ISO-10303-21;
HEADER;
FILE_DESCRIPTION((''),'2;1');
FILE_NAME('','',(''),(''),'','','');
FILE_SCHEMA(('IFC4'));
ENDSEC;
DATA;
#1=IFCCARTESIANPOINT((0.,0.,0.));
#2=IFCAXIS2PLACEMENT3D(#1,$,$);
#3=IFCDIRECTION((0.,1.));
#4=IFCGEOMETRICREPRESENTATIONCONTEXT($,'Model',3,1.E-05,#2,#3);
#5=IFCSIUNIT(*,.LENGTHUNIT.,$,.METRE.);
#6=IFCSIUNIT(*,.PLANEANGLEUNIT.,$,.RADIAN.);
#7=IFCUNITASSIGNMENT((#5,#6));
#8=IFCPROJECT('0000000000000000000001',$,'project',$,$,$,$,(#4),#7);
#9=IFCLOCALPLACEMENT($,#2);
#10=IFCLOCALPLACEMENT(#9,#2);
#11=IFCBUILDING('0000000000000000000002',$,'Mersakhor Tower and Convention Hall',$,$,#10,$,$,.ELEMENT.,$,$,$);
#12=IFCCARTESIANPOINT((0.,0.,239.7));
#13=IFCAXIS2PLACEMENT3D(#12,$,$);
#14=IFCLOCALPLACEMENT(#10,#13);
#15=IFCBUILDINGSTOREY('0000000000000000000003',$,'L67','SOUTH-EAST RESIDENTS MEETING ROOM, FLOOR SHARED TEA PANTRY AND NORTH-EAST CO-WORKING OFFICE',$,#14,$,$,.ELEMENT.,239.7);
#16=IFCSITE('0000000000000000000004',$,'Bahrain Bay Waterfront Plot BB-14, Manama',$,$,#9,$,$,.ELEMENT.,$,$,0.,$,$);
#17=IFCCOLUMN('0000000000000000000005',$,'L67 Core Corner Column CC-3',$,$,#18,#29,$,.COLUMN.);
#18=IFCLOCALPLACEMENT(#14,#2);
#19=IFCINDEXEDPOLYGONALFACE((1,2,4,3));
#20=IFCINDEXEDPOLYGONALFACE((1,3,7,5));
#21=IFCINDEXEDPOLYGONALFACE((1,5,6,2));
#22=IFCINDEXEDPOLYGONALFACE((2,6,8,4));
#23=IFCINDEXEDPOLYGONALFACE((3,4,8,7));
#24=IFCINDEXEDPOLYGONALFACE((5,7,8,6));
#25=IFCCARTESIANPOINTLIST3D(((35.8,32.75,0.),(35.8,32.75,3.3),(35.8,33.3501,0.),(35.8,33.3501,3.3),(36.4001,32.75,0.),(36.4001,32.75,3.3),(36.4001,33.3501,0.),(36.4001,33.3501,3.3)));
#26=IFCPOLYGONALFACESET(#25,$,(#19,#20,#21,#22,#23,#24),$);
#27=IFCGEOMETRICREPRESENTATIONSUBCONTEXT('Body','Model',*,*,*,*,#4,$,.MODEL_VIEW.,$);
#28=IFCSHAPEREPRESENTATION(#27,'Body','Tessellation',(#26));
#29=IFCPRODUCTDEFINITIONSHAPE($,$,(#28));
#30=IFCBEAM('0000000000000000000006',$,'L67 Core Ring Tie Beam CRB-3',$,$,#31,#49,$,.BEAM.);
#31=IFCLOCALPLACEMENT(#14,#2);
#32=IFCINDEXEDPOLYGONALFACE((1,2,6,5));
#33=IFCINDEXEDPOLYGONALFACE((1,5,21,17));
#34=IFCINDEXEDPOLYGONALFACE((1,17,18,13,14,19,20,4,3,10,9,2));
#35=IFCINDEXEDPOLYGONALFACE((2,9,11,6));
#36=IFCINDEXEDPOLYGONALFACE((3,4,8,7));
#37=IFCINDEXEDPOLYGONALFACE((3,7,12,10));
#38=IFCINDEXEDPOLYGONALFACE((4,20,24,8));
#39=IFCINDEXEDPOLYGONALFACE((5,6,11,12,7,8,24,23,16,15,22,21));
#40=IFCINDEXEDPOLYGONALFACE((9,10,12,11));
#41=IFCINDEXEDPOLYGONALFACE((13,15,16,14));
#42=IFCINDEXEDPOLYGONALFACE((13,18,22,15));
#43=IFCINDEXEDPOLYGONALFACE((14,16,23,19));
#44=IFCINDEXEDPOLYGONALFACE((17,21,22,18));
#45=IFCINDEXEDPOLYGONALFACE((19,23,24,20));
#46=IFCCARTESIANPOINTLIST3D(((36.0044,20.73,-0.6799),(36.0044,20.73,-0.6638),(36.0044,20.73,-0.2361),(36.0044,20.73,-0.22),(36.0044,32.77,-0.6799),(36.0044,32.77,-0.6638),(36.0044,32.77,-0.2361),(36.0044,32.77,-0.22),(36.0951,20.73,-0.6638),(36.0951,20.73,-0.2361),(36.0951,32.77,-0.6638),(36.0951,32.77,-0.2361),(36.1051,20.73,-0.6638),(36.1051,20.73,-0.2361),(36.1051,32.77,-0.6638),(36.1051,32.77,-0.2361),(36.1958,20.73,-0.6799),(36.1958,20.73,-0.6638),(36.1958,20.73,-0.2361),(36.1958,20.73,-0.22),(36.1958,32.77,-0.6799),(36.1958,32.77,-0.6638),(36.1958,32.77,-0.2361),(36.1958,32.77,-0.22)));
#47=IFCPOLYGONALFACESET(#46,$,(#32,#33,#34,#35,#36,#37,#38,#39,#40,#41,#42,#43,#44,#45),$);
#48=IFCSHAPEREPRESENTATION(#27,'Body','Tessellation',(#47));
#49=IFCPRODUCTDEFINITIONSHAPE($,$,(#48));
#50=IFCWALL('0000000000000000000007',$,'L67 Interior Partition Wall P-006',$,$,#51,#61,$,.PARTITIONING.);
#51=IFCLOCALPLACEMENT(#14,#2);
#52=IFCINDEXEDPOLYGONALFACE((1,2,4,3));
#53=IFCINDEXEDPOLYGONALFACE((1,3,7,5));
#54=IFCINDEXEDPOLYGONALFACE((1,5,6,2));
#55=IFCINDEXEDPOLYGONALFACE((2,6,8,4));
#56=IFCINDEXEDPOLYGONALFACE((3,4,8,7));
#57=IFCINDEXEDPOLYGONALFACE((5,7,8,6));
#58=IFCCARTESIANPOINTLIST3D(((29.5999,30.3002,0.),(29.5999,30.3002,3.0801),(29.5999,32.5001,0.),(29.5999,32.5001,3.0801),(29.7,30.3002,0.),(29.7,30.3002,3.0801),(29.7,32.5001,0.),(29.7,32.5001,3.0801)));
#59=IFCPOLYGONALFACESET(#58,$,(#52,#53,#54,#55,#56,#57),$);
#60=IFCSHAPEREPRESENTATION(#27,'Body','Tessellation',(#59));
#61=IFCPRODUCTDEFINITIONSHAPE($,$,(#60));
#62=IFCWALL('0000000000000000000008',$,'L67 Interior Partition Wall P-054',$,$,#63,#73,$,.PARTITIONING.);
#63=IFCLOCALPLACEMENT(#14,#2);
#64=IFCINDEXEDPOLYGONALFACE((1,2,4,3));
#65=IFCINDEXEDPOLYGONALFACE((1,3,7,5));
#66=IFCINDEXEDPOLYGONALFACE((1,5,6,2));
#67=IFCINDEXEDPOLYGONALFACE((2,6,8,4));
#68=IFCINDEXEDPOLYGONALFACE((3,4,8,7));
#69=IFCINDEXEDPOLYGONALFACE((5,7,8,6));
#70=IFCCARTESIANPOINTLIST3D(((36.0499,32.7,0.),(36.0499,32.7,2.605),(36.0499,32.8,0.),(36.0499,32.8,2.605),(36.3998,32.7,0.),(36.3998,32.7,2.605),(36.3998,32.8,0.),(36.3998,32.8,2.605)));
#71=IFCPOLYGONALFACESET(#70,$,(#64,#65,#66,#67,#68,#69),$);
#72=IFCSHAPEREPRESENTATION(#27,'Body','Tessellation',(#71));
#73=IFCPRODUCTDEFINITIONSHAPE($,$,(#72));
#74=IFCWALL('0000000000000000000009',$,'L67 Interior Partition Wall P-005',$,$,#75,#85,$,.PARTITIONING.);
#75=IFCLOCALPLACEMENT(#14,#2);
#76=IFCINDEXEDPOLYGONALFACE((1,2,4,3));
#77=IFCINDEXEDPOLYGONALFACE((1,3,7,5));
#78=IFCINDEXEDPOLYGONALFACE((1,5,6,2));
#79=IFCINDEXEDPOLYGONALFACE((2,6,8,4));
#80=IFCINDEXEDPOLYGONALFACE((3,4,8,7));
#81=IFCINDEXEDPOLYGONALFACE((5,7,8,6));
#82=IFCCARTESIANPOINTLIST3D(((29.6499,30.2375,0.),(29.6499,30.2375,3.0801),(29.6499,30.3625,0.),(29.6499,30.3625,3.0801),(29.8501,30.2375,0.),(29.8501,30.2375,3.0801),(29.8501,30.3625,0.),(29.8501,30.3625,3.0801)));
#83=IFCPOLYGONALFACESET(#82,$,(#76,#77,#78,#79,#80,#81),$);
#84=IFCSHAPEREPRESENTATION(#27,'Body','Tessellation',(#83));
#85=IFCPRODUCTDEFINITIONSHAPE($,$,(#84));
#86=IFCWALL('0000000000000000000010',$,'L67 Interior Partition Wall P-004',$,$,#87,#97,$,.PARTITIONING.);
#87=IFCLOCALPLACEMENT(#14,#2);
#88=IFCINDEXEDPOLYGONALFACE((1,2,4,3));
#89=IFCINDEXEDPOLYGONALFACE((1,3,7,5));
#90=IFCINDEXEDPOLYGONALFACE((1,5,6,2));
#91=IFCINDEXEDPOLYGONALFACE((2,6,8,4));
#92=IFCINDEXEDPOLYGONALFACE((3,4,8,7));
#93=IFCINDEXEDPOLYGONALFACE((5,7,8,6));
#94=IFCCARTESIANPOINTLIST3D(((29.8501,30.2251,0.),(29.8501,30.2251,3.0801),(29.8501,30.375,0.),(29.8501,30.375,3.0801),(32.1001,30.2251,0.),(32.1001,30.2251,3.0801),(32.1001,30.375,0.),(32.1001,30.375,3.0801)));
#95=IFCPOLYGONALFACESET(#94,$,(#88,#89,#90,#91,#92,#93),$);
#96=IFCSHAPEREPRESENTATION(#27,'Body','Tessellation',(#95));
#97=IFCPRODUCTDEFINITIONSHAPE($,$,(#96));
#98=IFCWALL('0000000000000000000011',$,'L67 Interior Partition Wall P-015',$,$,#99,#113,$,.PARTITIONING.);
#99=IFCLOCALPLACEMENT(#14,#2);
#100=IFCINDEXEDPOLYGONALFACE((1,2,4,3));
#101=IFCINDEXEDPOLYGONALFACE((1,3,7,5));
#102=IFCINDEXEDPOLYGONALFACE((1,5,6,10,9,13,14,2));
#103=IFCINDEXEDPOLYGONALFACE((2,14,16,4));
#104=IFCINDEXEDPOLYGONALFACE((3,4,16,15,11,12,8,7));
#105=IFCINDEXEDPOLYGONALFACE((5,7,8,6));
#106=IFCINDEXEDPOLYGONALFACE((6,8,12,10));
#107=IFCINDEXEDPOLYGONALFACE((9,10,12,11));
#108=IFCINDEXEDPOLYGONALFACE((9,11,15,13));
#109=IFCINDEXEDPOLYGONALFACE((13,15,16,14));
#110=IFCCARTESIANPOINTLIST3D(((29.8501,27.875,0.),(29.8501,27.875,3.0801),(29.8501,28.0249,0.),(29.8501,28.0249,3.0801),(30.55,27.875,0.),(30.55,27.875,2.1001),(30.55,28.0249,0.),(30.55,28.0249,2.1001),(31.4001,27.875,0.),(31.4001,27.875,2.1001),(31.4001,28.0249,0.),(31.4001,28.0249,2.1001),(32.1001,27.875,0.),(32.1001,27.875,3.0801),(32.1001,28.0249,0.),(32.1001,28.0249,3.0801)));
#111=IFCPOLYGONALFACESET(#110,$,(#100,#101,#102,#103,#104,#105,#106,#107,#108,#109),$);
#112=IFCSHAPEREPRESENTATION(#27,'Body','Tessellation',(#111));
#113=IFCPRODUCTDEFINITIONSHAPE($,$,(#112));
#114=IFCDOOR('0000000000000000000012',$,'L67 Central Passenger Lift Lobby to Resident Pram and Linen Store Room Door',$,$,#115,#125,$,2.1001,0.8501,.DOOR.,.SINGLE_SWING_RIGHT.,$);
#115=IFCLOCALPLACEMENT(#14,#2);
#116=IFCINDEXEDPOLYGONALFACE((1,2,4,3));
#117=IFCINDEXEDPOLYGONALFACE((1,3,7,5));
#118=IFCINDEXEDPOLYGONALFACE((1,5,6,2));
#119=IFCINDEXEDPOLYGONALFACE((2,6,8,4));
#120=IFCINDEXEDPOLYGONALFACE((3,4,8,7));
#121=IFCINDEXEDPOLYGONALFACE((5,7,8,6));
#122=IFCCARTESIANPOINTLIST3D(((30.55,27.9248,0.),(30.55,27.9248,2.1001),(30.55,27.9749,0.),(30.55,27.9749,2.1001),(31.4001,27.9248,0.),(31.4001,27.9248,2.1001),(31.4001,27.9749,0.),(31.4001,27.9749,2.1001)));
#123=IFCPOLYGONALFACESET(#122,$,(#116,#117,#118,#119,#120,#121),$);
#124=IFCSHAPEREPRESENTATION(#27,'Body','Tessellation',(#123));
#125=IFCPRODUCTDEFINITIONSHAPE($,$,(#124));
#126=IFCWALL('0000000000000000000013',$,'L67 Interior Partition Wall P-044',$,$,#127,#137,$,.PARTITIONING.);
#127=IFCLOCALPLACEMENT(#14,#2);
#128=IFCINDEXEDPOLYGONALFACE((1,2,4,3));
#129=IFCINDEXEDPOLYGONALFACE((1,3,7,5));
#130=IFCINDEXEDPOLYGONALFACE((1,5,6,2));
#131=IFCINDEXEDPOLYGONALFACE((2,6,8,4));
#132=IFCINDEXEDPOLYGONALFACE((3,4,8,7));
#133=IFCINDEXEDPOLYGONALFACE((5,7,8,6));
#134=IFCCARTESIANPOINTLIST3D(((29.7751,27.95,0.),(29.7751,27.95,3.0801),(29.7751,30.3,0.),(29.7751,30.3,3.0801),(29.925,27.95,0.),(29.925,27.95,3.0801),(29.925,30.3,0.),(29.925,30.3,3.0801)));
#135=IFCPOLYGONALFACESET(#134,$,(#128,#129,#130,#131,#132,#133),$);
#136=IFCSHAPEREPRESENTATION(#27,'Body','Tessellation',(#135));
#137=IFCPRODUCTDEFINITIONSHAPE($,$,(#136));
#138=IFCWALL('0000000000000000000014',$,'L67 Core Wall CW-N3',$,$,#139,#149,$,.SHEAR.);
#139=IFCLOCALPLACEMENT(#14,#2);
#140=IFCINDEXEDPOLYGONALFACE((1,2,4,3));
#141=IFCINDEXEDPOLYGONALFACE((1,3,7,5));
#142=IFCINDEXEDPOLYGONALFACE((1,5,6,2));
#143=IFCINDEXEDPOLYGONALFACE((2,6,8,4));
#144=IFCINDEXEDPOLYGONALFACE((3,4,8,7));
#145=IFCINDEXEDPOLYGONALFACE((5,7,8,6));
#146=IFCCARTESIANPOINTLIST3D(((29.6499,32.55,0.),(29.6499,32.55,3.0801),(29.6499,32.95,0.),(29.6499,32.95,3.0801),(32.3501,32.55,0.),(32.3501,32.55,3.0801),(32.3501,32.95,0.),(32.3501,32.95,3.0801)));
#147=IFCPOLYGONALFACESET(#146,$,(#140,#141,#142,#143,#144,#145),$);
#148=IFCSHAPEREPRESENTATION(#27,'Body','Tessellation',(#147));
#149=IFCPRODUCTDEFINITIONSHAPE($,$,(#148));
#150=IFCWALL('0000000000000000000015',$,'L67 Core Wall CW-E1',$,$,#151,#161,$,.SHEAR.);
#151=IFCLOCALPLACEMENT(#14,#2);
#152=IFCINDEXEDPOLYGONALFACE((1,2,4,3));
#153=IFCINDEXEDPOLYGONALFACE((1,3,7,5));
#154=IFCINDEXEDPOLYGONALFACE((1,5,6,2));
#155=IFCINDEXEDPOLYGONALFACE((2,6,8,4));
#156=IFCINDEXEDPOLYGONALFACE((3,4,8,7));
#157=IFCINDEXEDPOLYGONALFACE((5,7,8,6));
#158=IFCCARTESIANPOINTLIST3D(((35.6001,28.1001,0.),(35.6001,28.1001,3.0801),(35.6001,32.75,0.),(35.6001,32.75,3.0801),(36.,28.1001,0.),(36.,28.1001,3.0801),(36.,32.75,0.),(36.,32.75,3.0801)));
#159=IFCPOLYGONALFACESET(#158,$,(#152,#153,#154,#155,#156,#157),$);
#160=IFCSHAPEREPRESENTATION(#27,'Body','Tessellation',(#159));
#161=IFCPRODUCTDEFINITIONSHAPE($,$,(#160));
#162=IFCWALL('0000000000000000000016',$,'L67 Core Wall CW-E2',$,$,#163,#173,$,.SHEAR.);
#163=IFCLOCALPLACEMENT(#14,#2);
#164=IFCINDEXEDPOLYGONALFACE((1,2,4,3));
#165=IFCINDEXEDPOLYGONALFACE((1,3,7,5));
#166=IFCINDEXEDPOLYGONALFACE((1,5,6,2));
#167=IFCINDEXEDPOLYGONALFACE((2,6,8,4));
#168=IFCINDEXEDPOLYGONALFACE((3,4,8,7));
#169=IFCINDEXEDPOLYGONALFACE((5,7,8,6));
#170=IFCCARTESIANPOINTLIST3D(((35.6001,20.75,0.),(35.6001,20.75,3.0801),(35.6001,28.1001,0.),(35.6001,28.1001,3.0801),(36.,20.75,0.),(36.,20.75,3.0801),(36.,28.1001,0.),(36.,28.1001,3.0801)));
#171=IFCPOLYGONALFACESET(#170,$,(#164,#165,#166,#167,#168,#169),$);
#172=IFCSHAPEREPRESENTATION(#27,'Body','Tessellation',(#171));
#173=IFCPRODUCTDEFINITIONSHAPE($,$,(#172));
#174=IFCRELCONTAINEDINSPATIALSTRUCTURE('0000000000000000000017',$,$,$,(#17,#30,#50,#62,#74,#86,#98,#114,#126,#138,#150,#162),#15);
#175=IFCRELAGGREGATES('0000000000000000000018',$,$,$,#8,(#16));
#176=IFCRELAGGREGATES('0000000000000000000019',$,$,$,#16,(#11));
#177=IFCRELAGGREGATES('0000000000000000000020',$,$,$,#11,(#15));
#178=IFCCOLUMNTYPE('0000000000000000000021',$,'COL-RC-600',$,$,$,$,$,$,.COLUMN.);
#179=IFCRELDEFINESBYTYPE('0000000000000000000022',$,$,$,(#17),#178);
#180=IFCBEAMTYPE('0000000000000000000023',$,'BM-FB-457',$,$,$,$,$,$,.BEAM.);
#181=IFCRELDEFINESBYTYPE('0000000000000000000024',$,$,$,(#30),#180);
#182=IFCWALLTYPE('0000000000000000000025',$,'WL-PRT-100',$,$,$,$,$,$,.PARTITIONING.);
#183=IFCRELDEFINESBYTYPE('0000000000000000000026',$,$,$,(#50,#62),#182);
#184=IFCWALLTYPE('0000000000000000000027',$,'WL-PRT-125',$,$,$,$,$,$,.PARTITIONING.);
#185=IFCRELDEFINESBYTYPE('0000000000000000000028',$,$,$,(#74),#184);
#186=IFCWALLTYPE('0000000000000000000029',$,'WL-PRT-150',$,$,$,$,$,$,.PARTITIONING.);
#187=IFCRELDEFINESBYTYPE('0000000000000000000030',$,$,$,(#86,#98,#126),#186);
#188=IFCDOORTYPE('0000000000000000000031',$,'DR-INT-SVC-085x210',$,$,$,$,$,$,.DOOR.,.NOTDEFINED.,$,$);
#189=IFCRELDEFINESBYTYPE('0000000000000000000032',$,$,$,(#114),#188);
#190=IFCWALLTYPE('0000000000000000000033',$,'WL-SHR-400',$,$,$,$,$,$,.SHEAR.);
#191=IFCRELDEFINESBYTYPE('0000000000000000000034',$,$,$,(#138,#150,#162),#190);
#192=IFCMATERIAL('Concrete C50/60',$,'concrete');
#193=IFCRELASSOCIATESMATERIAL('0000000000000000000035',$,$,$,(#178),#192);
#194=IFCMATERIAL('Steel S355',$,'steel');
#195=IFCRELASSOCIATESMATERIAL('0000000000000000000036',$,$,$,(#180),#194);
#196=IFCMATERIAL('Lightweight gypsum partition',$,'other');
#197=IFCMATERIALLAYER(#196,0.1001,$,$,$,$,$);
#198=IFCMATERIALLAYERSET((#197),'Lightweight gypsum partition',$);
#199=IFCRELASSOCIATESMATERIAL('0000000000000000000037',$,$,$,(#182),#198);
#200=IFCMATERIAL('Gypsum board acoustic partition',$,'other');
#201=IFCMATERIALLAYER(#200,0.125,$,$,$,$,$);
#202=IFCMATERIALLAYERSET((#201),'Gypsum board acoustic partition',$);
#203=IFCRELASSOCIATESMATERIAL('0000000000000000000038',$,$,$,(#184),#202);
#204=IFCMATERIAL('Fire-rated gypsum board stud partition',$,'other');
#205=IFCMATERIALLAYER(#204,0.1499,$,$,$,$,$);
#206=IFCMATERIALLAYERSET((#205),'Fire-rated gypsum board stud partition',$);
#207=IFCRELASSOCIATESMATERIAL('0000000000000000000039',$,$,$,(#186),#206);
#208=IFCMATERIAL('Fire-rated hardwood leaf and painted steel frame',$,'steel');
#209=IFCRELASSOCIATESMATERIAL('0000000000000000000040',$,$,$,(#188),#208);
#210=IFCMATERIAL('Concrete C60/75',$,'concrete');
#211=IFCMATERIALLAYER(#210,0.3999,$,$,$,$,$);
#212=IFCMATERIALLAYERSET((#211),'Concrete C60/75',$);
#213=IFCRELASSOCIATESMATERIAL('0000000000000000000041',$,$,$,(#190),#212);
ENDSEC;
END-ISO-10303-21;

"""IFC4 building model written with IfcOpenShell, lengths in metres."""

from ifc_helpers import new_model, si_unit, direction, frame, frame_2d, origin, origin_2d, place, context, subcontext, project, spatial, rectangle, i_section, extrude, material, layer, layer_set, material_profile, profile_set, type_object, element, fill, save


model = new_model("IFC4")

# Units and contexts
model_context = context("Model", 3, precision=1e-05, world=origin(), true_north=direction((0.0, 1.0)))
body_context = subcontext(model_context, "Body", "Model", "MODEL_VIEW")
ifc_project = project(units=[si_unit("LENGTHUNIT", "METRE"), si_unit("PLANEANGLEUNIT", "RADIAN")], contexts=[model_context])

# Site, building, storey
site_placement = place(None, origin())
site = spatial("IfcSite", under=ifc_project, at=site_placement, Name="Bahrain Bay Waterfront Plot BB-14, Manama", CompositionType="ELEMENT", RefElevation=0.0)
building_placement = place(site_placement, origin())
building = spatial("IfcBuilding", under=site, at=building_placement, Name="Mersakhor Tower and Convention Hall", CompositionType="ELEMENT")
storey_placement = place(building_placement, frame((0.0, 0.0, 239.7)))
storey = spatial("IfcBuildingStorey", under=building, at=storey_placement, Name="L67", Description="SOUTH-EAST RESIDENTS MEETING ROOM, FLOOR SHARED TEA PANTRY AND NORTH-EAST CO-WORKING OFFICE", CompositionType="ELEMENT", Elevation=239.7)

# Column
ifc_material_1 = material(Name="Concrete C50/60", Category="concrete")
ifc_material_profile_1 = material_profile(ifc_material_1, rectangle(XDim=0.6001, YDim=0.6001, at=origin_2d()), Name="RC 600x600")
ifc_profile_set_1 = profile_set([ifc_material_profile_1], Name="Concrete C50/60")
column_type = type_object("IfcColumnType", Name="COL-RC-600", PredefinedType="COLUMN", material=ifc_profile_set_1)
column_placement = place(storey_placement, frame((36.1001, 33.05, 0.0), z_axis=(0.0, 0.0, 1.0), x_axis=(1.0, 0.0, 0.0)))
element("IfcColumn", 1, at=column_placement, inside=storey, type_object=column_type, Name="L67 Core Corner Column CC-3", PredefinedType="COLUMN", context=body_context, shape_type="SweptSolid", body=[
    extrude(rectangle(XDim=0.6001, YDim=0.6001, at=origin_2d()), origin(), (0.0, 0.0, 1.0), 3.3),
])

# Beam
ifc_material_2 = material(Name="Steel S355", Category="steel")
ifc_material_profile_2 = material_profile(ifc_material_2, i_section(OverallWidth=0.1914, OverallDepth=0.46, WebThickness=0.01, FlangeThickness=0.0161, at=origin_2d()), Name="UB 457x191x82")
ifc_profile_set_2 = profile_set([ifc_material_profile_2], Name="Steel S355")
beam_type = type_object("IfcBeamType", Name="BM-FB-457", PredefinedType="BEAM", material=ifc_profile_set_2)
beam_placement = place(storey_placement, frame((36.1001, 32.77, -0.45), z_axis=(0.0, -1.0, 0.0), x_axis=(1.0, 0.0, 0.0)))
element("IfcBeam", 2, at=beam_placement, inside=storey, type_object=beam_type, Name="L67 Core Ring Tie Beam CRB-3", PredefinedType="BEAM", context=body_context, shape_type="SweptSolid", body=[
    extrude(i_section(OverallWidth=0.1914, OverallDepth=0.46, WebThickness=0.01, FlangeThickness=0.0161, at=origin_2d()), origin(), (0.0, 0.0, 1.0), 12.04),
])

# Walls
ifc_material_3 = material(Name="Lightweight gypsum partition", Category="other")
ifc_layer_1 = layer(ifc_material_3, 0.1001)
ifc_layer_set_1 = layer_set([ifc_layer_1], Name="Lightweight gypsum partition")
wall_type_1 = type_object("IfcWallType", Name="WL-PRT-100", PredefinedType="PARTITIONING", material=ifc_layer_set_1)
wall_1_placement = place(storey_placement, frame((29.6499, 30.3, 0.0), z_axis=(0.0, 0.0, 1.0), x_axis=(0.0, 1.0, 0.0)))
element("IfcWall", 3, at=wall_1_placement, inside=storey, type_object=wall_type_1, Name="L67 Interior Partition Wall P-006", PredefinedType="PARTITIONING", context=body_context, shape_type="SweptSolid", body=[
    extrude(rectangle(XDim=2.2, YDim=0.1001, at=frame_2d((1.1001, 0.0))), origin(), (0.0, 0.0, 1.0), 3.0801),
])
wall_2_placement = place(storey_placement, frame((36.05, 32.75, 0.0), z_axis=(0.0, 0.0, 1.0), x_axis=(1.0, 0.0, 0.0)))
element("IfcWall", 4, at=wall_2_placement, inside=storey, type_object=wall_type_1, Name="L67 Interior Partition Wall P-054", PredefinedType="PARTITIONING", context=body_context, shape_type="SweptSolid", body=[
    extrude(rectangle(XDim=0.3499, YDim=0.1001, at=frame_2d((0.1748, 0.0))), origin(), (0.0, 0.0, 1.0), 2.605),
])
ifc_material_4 = material(Name="Gypsum board acoustic partition", Category="other")
ifc_layer_2 = layer(ifc_material_4, 0.125)
ifc_layer_set_2 = layer_set([ifc_layer_2], Name="Gypsum board acoustic partition")
wall_type_2 = type_object("IfcWallType", Name="WL-PRT-125", PredefinedType="PARTITIONING", material=ifc_layer_set_2)
wall_3_placement = place(storey_placement, frame((29.8501, 30.3, 0.0), z_axis=(0.0, 0.0, 1.0), x_axis=(-1.0, 0.0, 0.0)))
element("IfcWall", 5, at=wall_3_placement, inside=storey, type_object=wall_type_2, Name="L67 Interior Partition Wall P-005", PredefinedType="PARTITIONING", context=body_context, shape_type="SweptSolid", body=[
    extrude(rectangle(XDim=0.2002, YDim=0.125, at=frame_2d((0.1001, 0.0))), origin(), (0.0, 0.0, 1.0), 3.0801),
])
ifc_material_5 = material(Name="Fire-rated gypsum board stud partition", Category="other")
ifc_layer_3 = layer(ifc_material_5, 0.1499)
ifc_layer_set_3 = layer_set([ifc_layer_3], Name="Fire-rated gypsum board stud partition")
wall_type_3 = type_object("IfcWallType", Name="WL-PRT-150", PredefinedType="PARTITIONING", material=ifc_layer_set_3)
wall_4_placement = place(storey_placement, frame((32.1001, 30.3, 0.0), z_axis=(0.0, 0.0, 1.0), x_axis=(-1.0, 0.0, 0.0)))
element("IfcWall", 6, at=wall_4_placement, inside=storey, type_object=wall_type_3, Name="L67 Interior Partition Wall P-004", PredefinedType="PARTITIONING", context=body_context, shape_type="SweptSolid", body=[
    extrude(rectangle(XDim=2.25, YDim=0.1499, at=frame_2d((1.125, 0.0))), origin(), (0.0, 0.0, 1.0), 3.0801),
])

# Wall, opening, door
wall_5_placement = place(storey_placement, frame((29.8501, 27.95, 0.0), z_axis=(0.0, 0.0, 1.0), x_axis=(1.0, 0.0, 0.0)))
wall_5 = element("IfcWall", 7, at=wall_5_placement, inside=storey, type_object=wall_type_3, Name="L67 Interior Partition Wall P-015", PredefinedType="PARTITIONING", context=body_context, shape_type="SweptSolid", body=[
    extrude(rectangle(XDim=2.25, YDim=0.1499, at=frame_2d((1.125, 0.0))), origin(), (0.0, 0.0, 1.0), 3.0801),
])
opening_1_placement = place(wall_5_placement, frame((0.7, 0.0, 0.0)))
opening_1 = element("IfcOpeningElement", 8, at=opening_1_placement, cuts=wall_5, PredefinedType="OPENING", context=body_context, shape_type="SweptSolid", body=[
    extrude(rectangle(XDim=0.8501, YDim=2.1001, at=frame_2d((0.425, 1.05))), frame((0.0, 0.085, 0.0), z_axis=(0.0, -1.0, 0.0), x_axis=(1.0, 0.0, 0.0)), (0.0, 0.0, 1.0), 0.1699),
])
ifc_material_6 = material(Name="Fire-rated hardwood leaf and painted steel frame", Category="steel")
door_type_1 = type_object("IfcDoorType", Name="DR-INT-SVC-085x210", OperationType="NOTDEFINED", PredefinedType="DOOR", material=ifc_material_6)
door_1_placement = place(opening_1_placement, origin())
door_1 = element("IfcDoor", 9, at=door_1_placement, inside=storey, type_object=door_type_1, Name="L67 Central Passenger Lift Lobby to Resident Pram and Linen Store Room Door", OperationType="SINGLE_SWING_RIGHT", OverallHeight=2.1001, OverallWidth=0.8501, PredefinedType="DOOR", context=body_context, shape_type="SweptSolid", body=[
    extrude(rectangle(XDim=0.8501, YDim=2.1001, at=frame_2d((0.425, 1.05))), frame((0.0, 0.0249, 0.0), z_axis=(0.0, -1.0, 0.0), x_axis=(1.0, 0.0, 0.0)), (0.0, 0.0, 1.0), 0.05),
])
fill(opening_1, door_1)

# Wall
wall_6_placement = place(storey_placement, frame((29.8501, 30.3, 0.0), z_axis=(0.0, 0.0, 1.0), x_axis=(0.0, -1.0, 0.0)))
element("IfcWall", 10, at=wall_6_placement, inside=storey, type_object=wall_type_3, Name="L67 Interior Partition Wall P-044", PredefinedType="PARTITIONING", context=body_context, shape_type="SweptSolid", body=[
    extrude(rectangle(XDim=2.3501, YDim=0.1499, at=frame_2d((1.175, 0.0))), origin(), (0.0, 0.0, 1.0), 3.0801),
])

# Wall
ifc_material_7 = material(Name="Concrete C60/75", Category="concrete")
ifc_layer_4 = layer(ifc_material_7, 0.3999)
ifc_layer_set_4 = layer_set([ifc_layer_4], Name="Concrete C60/75")
wall_type_4 = type_object("IfcWallType", Name="WL-SHR-400", PredefinedType="SHEAR", material=ifc_layer_set_4)
wall_7_placement = place(storey_placement, frame((29.6499, 32.75, 0.0), z_axis=(0.0, 0.0, 1.0), x_axis=(1.0, 0.0, 0.0)))
element("IfcWall", 11, at=wall_7_placement, inside=storey, type_object=wall_type_4, Name="L67 Core Wall CW-N3", PredefinedType="SHEAR", context=body_context, shape_type="SweptSolid", body=[
    extrude(rectangle(XDim=2.7002, YDim=0.3999, at=frame_2d((1.3501, 0.0))), origin(), (0.0, 0.0, 1.0), 3.0801),
])

# Walls
wall_8_placement = place(storey_placement, frame((35.8, 32.75, 0.0), z_axis=(0.0, 0.0, 1.0), x_axis=(0.0, -1.0, 0.0)))
element("IfcWall", 12, at=wall_8_placement, inside=storey, type_object=wall_type_4, Name="L67 Core Wall CW-E1", PredefinedType="SHEAR", context=body_context, shape_type="SweptSolid", body=[
    extrude(rectangle(XDim=4.6499, YDim=0.3999, at=frame_2d((2.325, 0.0))), origin(), (0.0, 0.0, 1.0), 3.0801),
])
wall_9_placement = place(storey_placement, frame((35.8, 28.1001, 0.0), z_axis=(0.0, 0.0, 1.0), x_axis=(0.0, -1.0, 0.0)))
element("IfcWall", 13, at=wall_9_placement, inside=storey, type_object=wall_type_4, Name="L67 Core Wall CW-E2", PredefinedType="SHEAR", context=body_context, shape_type="SweptSolid", body=[
    extrude(rectangle(XDim=7.3501, YDim=0.3999, at=frame_2d((3.675, 0.0))), origin(), (0.0, 0.0, 1.0), 3.0801),
])

save(model, "model.ifc")
